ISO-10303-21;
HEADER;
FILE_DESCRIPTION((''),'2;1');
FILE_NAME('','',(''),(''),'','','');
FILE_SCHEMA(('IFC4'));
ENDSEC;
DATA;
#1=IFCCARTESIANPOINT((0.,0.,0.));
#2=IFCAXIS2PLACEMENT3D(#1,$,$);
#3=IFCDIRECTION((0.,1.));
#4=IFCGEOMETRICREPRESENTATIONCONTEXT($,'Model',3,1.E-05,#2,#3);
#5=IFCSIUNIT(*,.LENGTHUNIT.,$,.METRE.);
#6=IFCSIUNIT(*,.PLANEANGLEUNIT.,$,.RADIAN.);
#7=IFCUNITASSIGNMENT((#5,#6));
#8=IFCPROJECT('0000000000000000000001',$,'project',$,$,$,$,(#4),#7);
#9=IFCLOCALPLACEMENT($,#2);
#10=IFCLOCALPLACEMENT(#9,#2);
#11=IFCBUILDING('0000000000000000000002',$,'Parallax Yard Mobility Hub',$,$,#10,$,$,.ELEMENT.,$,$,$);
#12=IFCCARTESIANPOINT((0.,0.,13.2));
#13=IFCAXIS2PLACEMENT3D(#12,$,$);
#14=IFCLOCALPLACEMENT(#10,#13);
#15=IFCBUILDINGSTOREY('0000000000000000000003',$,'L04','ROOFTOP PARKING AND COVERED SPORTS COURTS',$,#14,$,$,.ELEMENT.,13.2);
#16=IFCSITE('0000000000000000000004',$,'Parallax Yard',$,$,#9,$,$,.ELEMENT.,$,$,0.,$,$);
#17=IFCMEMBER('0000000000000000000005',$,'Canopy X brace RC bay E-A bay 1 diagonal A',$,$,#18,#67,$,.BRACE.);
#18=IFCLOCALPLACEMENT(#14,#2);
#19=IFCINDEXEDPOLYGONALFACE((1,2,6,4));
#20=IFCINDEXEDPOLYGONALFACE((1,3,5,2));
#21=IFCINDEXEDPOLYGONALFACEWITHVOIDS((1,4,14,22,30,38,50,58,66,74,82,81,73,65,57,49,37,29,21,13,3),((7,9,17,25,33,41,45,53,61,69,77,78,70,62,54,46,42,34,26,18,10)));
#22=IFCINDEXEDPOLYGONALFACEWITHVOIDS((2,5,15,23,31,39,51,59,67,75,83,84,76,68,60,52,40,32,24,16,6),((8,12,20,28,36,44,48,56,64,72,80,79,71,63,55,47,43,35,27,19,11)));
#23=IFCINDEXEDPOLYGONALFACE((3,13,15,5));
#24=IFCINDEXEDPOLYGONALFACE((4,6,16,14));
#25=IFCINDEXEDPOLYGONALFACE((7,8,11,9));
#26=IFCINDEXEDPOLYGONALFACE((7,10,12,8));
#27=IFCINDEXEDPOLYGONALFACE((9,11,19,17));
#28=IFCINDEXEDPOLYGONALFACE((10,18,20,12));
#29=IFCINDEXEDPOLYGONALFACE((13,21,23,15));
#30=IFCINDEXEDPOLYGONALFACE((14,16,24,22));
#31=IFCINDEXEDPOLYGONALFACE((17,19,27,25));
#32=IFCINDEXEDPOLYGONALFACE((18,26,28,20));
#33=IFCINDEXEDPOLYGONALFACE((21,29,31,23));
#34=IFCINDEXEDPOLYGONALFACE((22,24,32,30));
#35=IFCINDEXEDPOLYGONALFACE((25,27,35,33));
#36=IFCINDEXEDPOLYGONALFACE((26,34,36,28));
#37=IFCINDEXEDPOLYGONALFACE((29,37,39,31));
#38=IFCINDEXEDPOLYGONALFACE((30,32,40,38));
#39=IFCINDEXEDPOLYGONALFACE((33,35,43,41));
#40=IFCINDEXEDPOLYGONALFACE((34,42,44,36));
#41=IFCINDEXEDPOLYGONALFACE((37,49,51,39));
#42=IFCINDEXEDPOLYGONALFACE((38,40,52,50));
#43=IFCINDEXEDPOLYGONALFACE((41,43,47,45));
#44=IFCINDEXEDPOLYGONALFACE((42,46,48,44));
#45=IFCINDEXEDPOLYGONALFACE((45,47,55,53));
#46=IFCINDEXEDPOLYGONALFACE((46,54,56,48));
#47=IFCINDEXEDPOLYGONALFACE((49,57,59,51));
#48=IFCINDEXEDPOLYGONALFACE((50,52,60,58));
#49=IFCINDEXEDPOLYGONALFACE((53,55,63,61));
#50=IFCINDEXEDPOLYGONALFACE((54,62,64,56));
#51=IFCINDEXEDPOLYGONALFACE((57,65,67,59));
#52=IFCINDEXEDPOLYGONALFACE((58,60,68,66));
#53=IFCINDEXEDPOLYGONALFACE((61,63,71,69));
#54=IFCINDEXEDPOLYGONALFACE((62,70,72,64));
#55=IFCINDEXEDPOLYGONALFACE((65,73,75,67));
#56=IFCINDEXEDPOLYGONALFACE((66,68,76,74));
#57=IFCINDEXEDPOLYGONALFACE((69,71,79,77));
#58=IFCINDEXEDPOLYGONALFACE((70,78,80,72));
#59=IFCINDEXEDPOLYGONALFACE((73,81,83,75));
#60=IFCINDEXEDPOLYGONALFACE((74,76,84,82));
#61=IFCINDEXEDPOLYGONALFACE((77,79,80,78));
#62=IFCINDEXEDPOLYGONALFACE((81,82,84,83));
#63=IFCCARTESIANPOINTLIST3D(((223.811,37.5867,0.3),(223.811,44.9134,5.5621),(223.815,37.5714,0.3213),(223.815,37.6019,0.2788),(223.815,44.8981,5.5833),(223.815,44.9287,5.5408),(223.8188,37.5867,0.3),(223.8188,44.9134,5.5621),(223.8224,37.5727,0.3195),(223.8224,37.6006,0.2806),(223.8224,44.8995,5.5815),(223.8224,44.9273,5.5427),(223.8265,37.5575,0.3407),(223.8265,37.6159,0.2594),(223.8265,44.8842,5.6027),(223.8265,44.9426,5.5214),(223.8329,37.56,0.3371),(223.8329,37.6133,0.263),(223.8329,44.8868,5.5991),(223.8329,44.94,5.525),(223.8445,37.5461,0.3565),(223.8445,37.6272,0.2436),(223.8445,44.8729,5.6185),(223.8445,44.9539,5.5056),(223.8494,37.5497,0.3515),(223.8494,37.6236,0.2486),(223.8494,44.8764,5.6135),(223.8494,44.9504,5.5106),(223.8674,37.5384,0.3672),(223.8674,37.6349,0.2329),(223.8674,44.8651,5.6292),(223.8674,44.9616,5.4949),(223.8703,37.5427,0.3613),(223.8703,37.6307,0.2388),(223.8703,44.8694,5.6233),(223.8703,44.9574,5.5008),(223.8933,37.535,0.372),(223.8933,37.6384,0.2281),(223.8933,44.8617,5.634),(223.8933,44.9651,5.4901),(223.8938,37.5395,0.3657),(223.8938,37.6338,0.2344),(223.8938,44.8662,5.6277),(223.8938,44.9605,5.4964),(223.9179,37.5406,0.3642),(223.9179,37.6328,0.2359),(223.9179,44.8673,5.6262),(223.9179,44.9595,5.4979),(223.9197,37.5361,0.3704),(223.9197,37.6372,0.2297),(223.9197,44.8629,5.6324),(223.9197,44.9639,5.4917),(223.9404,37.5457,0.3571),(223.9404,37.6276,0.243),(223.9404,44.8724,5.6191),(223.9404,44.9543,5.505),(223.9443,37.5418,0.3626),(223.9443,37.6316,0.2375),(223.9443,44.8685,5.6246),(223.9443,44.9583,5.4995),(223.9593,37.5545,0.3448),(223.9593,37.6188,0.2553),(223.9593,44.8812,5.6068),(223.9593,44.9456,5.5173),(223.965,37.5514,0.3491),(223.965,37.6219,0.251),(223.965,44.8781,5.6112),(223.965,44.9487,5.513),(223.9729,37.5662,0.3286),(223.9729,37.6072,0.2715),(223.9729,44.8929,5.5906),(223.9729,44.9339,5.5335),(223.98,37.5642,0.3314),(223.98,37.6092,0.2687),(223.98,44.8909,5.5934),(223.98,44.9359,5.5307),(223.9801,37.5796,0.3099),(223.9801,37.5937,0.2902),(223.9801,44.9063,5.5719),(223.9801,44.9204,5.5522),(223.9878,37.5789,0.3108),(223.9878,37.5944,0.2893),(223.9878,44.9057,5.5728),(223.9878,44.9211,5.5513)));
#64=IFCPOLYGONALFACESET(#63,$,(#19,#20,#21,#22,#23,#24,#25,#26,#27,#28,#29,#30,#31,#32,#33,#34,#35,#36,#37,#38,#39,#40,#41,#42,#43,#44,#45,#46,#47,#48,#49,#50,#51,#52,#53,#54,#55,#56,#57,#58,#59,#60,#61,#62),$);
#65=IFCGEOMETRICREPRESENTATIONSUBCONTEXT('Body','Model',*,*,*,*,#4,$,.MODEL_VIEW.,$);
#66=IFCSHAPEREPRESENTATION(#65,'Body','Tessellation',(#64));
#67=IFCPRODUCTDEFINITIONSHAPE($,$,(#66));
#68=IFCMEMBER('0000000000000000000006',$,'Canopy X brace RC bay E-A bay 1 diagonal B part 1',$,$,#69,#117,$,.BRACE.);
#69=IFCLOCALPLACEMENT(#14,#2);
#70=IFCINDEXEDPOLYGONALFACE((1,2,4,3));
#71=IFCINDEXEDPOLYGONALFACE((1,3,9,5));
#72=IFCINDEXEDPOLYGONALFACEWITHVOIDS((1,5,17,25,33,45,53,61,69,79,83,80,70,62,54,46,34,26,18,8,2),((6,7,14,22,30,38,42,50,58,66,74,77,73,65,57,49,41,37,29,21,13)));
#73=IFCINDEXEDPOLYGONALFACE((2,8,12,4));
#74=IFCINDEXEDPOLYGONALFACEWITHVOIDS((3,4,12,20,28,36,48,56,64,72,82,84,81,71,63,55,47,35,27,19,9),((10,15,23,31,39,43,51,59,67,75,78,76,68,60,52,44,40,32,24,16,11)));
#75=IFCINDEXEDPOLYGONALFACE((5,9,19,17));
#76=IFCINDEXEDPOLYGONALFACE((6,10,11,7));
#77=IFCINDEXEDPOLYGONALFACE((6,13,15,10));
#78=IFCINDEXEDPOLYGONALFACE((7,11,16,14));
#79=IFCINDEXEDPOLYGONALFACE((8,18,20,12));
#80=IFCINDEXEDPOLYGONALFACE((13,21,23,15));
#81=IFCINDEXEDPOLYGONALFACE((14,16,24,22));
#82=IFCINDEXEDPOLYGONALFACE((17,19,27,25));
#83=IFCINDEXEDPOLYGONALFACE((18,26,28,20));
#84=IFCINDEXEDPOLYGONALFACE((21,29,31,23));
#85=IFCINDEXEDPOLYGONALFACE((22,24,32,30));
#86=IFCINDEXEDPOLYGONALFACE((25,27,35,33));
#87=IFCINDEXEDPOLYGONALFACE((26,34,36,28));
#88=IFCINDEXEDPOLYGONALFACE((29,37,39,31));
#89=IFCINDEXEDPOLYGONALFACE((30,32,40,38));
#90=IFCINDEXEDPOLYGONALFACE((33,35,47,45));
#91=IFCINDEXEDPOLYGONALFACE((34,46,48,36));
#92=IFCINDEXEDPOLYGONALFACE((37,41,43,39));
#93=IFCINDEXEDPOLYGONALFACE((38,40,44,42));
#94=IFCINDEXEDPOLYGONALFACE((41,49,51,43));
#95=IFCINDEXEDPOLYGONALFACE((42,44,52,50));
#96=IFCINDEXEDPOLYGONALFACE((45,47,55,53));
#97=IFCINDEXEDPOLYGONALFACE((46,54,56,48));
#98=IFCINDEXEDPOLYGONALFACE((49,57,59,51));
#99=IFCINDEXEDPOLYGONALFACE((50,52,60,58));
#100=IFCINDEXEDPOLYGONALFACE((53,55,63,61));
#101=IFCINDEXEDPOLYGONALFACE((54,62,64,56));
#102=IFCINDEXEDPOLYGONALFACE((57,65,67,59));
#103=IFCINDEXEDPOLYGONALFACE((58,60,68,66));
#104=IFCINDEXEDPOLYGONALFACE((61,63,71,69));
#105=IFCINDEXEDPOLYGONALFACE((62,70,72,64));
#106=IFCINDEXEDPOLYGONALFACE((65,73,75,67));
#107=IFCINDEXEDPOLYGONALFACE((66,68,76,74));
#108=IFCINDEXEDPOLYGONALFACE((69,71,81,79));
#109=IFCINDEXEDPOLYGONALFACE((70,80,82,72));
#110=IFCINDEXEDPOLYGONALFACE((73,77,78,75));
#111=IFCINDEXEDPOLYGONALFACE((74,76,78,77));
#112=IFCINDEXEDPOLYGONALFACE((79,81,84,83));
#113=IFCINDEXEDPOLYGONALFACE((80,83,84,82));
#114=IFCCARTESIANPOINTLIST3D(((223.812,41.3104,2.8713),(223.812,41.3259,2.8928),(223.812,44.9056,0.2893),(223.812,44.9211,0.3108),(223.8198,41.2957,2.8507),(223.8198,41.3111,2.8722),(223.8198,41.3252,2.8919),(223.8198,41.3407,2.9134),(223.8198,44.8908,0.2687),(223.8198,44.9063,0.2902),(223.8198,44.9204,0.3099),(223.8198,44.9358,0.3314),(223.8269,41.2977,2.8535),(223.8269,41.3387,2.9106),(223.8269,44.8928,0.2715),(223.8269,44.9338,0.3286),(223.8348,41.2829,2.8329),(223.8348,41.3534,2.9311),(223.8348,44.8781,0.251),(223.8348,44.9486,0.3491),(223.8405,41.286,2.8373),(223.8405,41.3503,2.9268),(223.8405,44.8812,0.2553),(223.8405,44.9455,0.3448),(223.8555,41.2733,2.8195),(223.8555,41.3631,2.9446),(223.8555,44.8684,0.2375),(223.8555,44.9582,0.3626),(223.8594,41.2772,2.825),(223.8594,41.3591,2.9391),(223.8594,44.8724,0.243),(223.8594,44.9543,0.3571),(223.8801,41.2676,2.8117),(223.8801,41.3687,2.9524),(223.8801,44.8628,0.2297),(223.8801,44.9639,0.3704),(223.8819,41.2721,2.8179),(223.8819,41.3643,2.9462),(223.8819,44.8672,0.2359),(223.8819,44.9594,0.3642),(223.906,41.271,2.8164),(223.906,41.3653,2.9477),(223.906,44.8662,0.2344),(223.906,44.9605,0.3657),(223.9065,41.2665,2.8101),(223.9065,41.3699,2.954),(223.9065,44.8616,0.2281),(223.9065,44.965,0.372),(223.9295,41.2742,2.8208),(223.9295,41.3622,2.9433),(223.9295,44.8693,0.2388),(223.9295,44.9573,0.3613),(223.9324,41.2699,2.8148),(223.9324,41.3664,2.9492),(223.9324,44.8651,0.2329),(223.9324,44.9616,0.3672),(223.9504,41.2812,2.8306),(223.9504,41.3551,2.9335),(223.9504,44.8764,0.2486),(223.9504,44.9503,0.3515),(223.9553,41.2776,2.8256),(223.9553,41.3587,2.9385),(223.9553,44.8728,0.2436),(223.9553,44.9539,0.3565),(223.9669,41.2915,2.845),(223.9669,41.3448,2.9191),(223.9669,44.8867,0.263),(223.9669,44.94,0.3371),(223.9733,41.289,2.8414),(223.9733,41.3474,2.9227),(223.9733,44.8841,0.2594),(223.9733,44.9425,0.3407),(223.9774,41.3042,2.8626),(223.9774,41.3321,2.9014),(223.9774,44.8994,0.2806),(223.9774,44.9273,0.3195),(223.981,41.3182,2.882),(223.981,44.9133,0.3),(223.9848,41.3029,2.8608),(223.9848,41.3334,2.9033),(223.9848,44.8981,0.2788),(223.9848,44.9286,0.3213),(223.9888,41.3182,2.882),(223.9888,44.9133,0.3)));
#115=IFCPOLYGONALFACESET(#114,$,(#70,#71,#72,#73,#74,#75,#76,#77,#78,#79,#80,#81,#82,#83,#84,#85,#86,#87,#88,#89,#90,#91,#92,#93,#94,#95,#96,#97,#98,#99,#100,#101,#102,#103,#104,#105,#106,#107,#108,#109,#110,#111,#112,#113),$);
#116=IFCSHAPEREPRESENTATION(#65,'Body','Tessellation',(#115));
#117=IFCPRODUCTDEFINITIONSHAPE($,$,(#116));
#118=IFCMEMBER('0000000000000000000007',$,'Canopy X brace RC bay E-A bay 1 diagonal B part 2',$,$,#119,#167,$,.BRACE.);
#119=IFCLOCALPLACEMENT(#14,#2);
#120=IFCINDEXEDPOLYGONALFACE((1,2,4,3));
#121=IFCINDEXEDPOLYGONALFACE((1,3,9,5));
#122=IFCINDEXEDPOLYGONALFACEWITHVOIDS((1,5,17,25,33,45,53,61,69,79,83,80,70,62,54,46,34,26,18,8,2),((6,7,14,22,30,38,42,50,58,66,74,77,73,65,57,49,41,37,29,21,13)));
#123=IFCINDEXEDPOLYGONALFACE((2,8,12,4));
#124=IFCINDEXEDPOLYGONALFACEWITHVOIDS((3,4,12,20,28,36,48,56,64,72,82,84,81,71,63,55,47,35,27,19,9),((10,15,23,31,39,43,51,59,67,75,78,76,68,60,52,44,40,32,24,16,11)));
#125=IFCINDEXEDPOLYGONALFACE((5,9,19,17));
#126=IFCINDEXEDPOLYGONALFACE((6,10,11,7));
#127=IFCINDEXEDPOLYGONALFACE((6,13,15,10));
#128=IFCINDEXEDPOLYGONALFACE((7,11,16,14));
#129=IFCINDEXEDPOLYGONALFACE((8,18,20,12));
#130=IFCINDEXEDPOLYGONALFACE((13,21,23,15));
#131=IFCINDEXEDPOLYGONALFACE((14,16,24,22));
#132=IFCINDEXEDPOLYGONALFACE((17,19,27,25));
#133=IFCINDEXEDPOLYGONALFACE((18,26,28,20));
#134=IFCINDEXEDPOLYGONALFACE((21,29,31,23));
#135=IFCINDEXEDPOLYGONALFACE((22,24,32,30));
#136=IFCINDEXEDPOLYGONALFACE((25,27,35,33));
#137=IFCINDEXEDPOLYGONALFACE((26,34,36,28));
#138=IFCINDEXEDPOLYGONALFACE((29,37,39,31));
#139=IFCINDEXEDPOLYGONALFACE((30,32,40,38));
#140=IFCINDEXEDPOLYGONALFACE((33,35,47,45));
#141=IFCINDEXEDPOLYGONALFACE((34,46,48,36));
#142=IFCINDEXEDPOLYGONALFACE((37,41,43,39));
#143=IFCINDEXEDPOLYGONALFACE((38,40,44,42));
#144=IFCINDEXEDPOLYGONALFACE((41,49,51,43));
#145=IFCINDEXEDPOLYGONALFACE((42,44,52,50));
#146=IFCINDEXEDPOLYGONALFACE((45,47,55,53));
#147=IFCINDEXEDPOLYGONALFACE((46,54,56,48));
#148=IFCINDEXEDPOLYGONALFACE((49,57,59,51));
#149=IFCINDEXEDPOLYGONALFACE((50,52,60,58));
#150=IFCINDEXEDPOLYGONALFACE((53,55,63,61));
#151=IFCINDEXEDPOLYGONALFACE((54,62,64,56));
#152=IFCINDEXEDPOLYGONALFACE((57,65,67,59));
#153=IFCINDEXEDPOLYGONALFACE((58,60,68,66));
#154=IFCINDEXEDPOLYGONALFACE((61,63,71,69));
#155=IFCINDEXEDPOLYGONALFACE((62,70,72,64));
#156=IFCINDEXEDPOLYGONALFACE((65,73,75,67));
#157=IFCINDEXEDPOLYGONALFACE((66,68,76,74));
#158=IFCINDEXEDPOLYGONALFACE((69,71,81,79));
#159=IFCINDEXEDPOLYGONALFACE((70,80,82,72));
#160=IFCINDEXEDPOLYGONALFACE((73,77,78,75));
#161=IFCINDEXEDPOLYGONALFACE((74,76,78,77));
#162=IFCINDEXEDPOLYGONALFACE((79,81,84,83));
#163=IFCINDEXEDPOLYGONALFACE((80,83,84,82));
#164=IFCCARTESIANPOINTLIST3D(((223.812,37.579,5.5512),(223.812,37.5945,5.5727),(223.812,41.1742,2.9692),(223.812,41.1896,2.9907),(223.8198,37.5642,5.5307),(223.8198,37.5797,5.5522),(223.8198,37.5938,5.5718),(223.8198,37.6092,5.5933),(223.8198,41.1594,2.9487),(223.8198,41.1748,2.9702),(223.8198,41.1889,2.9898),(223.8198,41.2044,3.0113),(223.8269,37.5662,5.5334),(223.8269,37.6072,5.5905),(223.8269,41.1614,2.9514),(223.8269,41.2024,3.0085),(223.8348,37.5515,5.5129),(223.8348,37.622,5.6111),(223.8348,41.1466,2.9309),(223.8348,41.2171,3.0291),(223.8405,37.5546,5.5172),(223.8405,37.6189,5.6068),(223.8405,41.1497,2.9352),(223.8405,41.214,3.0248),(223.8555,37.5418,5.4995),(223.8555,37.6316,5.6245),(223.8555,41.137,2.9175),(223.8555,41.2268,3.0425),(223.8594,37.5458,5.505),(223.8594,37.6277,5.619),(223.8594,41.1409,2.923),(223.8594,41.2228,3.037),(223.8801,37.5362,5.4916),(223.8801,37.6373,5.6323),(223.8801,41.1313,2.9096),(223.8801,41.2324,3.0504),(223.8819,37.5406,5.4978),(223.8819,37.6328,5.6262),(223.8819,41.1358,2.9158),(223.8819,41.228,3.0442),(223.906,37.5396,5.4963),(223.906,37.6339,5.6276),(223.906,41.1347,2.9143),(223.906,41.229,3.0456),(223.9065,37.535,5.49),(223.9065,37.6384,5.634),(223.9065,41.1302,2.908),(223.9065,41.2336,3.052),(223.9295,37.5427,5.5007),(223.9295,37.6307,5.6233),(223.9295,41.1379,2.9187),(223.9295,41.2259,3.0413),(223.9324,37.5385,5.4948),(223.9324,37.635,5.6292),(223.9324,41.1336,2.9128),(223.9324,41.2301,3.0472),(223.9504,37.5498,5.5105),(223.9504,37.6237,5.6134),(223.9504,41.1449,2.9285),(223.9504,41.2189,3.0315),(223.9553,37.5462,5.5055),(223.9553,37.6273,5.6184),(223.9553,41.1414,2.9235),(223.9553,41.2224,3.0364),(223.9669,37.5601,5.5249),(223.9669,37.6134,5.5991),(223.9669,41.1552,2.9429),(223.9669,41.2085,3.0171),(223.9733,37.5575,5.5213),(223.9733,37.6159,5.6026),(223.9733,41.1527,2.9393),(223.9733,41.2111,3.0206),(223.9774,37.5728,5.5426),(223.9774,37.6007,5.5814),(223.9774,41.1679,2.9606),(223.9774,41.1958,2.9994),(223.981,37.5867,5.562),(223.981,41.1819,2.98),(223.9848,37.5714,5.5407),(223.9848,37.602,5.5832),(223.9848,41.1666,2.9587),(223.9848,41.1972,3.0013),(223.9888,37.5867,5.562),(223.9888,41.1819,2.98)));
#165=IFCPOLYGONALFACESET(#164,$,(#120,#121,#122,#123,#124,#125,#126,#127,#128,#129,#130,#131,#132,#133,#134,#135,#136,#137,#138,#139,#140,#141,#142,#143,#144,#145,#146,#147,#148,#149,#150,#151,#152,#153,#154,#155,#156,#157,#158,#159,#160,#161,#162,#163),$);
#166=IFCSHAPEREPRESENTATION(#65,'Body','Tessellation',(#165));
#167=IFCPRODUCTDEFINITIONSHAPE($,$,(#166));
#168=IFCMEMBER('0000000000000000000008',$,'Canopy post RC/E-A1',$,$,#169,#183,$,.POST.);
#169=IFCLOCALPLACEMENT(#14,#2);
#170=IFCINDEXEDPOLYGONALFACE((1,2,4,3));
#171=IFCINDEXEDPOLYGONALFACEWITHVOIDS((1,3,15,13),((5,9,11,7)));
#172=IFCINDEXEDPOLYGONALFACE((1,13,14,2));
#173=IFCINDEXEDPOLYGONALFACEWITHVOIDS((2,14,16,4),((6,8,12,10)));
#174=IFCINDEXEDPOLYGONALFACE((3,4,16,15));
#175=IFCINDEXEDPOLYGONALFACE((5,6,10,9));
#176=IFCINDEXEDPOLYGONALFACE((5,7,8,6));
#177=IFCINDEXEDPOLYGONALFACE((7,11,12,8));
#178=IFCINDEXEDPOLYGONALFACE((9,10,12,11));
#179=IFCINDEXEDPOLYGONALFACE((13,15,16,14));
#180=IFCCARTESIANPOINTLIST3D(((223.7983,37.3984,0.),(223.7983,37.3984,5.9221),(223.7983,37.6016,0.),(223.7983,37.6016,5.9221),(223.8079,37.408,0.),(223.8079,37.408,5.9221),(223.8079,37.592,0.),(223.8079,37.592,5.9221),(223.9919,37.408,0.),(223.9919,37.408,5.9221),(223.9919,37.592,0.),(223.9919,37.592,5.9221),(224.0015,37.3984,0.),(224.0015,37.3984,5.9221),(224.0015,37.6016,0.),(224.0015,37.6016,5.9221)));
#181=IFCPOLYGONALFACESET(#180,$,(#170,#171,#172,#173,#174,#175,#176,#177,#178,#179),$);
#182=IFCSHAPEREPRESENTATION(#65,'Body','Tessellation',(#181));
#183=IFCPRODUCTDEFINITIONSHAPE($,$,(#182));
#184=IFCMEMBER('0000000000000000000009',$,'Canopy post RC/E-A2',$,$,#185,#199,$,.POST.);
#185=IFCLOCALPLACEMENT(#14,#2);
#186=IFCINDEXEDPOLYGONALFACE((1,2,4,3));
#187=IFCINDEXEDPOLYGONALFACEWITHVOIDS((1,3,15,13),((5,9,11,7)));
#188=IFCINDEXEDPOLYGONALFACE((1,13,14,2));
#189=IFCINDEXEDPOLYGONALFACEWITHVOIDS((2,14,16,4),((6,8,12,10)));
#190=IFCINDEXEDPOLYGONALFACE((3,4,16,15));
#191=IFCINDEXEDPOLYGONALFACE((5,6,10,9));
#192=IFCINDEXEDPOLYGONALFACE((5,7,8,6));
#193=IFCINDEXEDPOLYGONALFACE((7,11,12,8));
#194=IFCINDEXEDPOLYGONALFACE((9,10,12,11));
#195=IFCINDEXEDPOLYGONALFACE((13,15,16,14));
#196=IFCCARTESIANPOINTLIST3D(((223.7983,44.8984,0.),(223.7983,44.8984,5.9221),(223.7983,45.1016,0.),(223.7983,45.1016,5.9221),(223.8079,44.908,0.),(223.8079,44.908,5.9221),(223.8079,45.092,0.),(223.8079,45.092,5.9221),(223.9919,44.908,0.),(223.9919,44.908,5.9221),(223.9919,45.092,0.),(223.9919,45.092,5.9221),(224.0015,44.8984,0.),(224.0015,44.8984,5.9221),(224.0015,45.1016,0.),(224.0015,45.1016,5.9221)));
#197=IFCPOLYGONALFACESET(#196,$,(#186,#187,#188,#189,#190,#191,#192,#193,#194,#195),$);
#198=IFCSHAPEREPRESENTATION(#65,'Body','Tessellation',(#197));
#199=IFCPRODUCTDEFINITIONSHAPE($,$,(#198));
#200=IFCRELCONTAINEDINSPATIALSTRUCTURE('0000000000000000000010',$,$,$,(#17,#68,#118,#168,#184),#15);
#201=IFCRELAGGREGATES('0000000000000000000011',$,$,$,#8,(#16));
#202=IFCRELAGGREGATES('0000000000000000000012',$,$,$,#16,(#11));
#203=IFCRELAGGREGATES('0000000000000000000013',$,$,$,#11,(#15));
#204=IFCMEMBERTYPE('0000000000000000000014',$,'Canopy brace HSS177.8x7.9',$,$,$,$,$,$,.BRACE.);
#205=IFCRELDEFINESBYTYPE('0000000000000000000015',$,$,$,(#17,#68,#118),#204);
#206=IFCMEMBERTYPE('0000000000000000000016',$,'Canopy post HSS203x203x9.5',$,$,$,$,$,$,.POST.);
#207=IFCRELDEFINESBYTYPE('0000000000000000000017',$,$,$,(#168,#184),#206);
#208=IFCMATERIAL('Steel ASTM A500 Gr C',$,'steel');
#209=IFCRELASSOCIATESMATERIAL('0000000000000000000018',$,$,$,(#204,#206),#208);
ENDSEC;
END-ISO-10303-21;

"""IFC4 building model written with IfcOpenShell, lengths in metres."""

from ifc_helpers import new_model, si_unit, direction, frame, origin, origin_2d, place, context, subcontext, project, spatial, hollow_rectangle, hollow_circle, extrude, material, material_profile, profile_set, type_object, element, save


model = new_model("IFC4")

# Units and contexts
model_context = context("Model", 3, precision=1e-05, world=origin(), true_north=direction((0.0, 1.0)))
body_context = subcontext(model_context, "Body", "Model", "MODEL_VIEW")
ifc_project = project(units=[si_unit("LENGTHUNIT", "METRE"), si_unit("PLANEANGLEUNIT", "RADIAN")], contexts=[model_context])

# Site, building, storey
site_placement = place(None, origin())
site = spatial("IfcSite", under=ifc_project, at=site_placement, Name="Parallax Yard", CompositionType="ELEMENT", RefElevation=0.0)
building_placement = place(site_placement, origin())
building = spatial("IfcBuilding", under=site, at=building_placement, Name="Parallax Yard Mobility Hub", CompositionType="ELEMENT")
storey_placement = place(building_placement, frame((0.0, 0.0, 13.2)))
storey = spatial("IfcBuildingStorey", under=building, at=storey_placement, Name="L04", Description="ROOFTOP PARKING AND COVERED SPORTS COURTS", CompositionType="ELEMENT", Elevation=13.2)

# Members
ifc_material_1 = material(Name="Steel ASTM A500 Gr C", Category="steel")
ifc_material_profile_1 = material_profile(ifc_material_1, hollow_circle(Radius=0.0889, WallThickness=0.0078, at=origin_2d()), Name="HSS177.8x7.9")
ifc_profile_set_1 = profile_set([ifc_material_profile_1], Name="Steel ASTM A500 Gr C")
member_type_1 = type_object("IfcMemberType", Name="Canopy brace HSS177.8x7.9", PredefinedType="BRACE", material=ifc_profile_set_1)
member_placement = place(storey_placement, frame((223.8999, 37.5867, 0.3), z_axis=(0.0, 0.812229, 0.583338), x_axis=(-1.0, 0.0, 0.0)))
element("IfcMember", 1, at=member_placement, inside=storey, type_object=member_type_1, Name="Canopy X brace RC bay E-A bay 1 diagonal A", PredefinedType="BRACE", context=body_context, shape_type="SweptSolid", body=[
    extrude(hollow_circle(Radius=0.0889, WallThickness=0.0078, at=origin_2d()), origin(), (0.0, 0.0, 1.0), 9.0205),
])
for number, where, z_axis, x_axis, name in (
    (2, (223.8999, 44.9133, 0.3), (0.0, -0.812233, 0.583334), (1.0, 0.0, 0.0), "Canopy X brace RC bay E-A bay 1 diagonal B part 1"),
    (3, (223.8999, 41.1819, 2.98), (0.0, -0.812233, 0.583334), (1.0, 0.0, 0.0), "Canopy X brace RC bay E-A bay 1 diagonal B part 2"),
):
    element("IfcMember", number, at=place(storey_placement, frame(where, z_axis=z_axis, x_axis=x_axis)), inside=storey, type_object=member_type_1, Name=name, PredefinedType="BRACE", context=body_context, shape_type="SweptSolid", body=[
        extrude(hollow_circle(Radius=0.0889, WallThickness=0.0078, at=origin_2d()), origin(), (0.0, 0.0, 1.0), 4.4263),
    ])
ifc_material_profile_2 = material_profile(ifc_material_1, hollow_rectangle(XDim=0.2031, YDim=0.2031, WallThickness=0.0095, at=origin_2d()), Name="HSS203x203x9.5")
ifc_profile_set_2 = profile_set([ifc_material_profile_2], Name="Steel ASTM A500 Gr C")
member_type_2 = type_object("IfcMemberType", Name="Canopy post HSS203x203x9.5", PredefinedType="POST", material=ifc_profile_set_2)
for number, where, z_axis, x_axis, name in (
    (4, (223.8999, 37.5, 0.0), (0.0, 0.0, 1.0), (1.0, 0.0, 0.0), "Canopy post RC/E-A1"),
    (5, (223.8999, 45.0, 0.0), (0.0, 0.0, 1.0), (1.0, 0.0, 0.0), "Canopy post RC/E-A2"),
):
    element("IfcMember", number, at=place(storey_placement, frame(where, z_axis=z_axis, x_axis=x_axis)), inside=storey, type_object=member_type_2, Name=name, PredefinedType="POST", context=body_context, shape_type="SweptSolid", body=[
        extrude(hollow_rectangle(XDim=0.2031, YDim=0.2031, WallThickness=0.0095, at=origin_2d()), origin(), (0.0, 0.0, 1.0), 5.9221),
    ])

save(model, "model.ifc")
